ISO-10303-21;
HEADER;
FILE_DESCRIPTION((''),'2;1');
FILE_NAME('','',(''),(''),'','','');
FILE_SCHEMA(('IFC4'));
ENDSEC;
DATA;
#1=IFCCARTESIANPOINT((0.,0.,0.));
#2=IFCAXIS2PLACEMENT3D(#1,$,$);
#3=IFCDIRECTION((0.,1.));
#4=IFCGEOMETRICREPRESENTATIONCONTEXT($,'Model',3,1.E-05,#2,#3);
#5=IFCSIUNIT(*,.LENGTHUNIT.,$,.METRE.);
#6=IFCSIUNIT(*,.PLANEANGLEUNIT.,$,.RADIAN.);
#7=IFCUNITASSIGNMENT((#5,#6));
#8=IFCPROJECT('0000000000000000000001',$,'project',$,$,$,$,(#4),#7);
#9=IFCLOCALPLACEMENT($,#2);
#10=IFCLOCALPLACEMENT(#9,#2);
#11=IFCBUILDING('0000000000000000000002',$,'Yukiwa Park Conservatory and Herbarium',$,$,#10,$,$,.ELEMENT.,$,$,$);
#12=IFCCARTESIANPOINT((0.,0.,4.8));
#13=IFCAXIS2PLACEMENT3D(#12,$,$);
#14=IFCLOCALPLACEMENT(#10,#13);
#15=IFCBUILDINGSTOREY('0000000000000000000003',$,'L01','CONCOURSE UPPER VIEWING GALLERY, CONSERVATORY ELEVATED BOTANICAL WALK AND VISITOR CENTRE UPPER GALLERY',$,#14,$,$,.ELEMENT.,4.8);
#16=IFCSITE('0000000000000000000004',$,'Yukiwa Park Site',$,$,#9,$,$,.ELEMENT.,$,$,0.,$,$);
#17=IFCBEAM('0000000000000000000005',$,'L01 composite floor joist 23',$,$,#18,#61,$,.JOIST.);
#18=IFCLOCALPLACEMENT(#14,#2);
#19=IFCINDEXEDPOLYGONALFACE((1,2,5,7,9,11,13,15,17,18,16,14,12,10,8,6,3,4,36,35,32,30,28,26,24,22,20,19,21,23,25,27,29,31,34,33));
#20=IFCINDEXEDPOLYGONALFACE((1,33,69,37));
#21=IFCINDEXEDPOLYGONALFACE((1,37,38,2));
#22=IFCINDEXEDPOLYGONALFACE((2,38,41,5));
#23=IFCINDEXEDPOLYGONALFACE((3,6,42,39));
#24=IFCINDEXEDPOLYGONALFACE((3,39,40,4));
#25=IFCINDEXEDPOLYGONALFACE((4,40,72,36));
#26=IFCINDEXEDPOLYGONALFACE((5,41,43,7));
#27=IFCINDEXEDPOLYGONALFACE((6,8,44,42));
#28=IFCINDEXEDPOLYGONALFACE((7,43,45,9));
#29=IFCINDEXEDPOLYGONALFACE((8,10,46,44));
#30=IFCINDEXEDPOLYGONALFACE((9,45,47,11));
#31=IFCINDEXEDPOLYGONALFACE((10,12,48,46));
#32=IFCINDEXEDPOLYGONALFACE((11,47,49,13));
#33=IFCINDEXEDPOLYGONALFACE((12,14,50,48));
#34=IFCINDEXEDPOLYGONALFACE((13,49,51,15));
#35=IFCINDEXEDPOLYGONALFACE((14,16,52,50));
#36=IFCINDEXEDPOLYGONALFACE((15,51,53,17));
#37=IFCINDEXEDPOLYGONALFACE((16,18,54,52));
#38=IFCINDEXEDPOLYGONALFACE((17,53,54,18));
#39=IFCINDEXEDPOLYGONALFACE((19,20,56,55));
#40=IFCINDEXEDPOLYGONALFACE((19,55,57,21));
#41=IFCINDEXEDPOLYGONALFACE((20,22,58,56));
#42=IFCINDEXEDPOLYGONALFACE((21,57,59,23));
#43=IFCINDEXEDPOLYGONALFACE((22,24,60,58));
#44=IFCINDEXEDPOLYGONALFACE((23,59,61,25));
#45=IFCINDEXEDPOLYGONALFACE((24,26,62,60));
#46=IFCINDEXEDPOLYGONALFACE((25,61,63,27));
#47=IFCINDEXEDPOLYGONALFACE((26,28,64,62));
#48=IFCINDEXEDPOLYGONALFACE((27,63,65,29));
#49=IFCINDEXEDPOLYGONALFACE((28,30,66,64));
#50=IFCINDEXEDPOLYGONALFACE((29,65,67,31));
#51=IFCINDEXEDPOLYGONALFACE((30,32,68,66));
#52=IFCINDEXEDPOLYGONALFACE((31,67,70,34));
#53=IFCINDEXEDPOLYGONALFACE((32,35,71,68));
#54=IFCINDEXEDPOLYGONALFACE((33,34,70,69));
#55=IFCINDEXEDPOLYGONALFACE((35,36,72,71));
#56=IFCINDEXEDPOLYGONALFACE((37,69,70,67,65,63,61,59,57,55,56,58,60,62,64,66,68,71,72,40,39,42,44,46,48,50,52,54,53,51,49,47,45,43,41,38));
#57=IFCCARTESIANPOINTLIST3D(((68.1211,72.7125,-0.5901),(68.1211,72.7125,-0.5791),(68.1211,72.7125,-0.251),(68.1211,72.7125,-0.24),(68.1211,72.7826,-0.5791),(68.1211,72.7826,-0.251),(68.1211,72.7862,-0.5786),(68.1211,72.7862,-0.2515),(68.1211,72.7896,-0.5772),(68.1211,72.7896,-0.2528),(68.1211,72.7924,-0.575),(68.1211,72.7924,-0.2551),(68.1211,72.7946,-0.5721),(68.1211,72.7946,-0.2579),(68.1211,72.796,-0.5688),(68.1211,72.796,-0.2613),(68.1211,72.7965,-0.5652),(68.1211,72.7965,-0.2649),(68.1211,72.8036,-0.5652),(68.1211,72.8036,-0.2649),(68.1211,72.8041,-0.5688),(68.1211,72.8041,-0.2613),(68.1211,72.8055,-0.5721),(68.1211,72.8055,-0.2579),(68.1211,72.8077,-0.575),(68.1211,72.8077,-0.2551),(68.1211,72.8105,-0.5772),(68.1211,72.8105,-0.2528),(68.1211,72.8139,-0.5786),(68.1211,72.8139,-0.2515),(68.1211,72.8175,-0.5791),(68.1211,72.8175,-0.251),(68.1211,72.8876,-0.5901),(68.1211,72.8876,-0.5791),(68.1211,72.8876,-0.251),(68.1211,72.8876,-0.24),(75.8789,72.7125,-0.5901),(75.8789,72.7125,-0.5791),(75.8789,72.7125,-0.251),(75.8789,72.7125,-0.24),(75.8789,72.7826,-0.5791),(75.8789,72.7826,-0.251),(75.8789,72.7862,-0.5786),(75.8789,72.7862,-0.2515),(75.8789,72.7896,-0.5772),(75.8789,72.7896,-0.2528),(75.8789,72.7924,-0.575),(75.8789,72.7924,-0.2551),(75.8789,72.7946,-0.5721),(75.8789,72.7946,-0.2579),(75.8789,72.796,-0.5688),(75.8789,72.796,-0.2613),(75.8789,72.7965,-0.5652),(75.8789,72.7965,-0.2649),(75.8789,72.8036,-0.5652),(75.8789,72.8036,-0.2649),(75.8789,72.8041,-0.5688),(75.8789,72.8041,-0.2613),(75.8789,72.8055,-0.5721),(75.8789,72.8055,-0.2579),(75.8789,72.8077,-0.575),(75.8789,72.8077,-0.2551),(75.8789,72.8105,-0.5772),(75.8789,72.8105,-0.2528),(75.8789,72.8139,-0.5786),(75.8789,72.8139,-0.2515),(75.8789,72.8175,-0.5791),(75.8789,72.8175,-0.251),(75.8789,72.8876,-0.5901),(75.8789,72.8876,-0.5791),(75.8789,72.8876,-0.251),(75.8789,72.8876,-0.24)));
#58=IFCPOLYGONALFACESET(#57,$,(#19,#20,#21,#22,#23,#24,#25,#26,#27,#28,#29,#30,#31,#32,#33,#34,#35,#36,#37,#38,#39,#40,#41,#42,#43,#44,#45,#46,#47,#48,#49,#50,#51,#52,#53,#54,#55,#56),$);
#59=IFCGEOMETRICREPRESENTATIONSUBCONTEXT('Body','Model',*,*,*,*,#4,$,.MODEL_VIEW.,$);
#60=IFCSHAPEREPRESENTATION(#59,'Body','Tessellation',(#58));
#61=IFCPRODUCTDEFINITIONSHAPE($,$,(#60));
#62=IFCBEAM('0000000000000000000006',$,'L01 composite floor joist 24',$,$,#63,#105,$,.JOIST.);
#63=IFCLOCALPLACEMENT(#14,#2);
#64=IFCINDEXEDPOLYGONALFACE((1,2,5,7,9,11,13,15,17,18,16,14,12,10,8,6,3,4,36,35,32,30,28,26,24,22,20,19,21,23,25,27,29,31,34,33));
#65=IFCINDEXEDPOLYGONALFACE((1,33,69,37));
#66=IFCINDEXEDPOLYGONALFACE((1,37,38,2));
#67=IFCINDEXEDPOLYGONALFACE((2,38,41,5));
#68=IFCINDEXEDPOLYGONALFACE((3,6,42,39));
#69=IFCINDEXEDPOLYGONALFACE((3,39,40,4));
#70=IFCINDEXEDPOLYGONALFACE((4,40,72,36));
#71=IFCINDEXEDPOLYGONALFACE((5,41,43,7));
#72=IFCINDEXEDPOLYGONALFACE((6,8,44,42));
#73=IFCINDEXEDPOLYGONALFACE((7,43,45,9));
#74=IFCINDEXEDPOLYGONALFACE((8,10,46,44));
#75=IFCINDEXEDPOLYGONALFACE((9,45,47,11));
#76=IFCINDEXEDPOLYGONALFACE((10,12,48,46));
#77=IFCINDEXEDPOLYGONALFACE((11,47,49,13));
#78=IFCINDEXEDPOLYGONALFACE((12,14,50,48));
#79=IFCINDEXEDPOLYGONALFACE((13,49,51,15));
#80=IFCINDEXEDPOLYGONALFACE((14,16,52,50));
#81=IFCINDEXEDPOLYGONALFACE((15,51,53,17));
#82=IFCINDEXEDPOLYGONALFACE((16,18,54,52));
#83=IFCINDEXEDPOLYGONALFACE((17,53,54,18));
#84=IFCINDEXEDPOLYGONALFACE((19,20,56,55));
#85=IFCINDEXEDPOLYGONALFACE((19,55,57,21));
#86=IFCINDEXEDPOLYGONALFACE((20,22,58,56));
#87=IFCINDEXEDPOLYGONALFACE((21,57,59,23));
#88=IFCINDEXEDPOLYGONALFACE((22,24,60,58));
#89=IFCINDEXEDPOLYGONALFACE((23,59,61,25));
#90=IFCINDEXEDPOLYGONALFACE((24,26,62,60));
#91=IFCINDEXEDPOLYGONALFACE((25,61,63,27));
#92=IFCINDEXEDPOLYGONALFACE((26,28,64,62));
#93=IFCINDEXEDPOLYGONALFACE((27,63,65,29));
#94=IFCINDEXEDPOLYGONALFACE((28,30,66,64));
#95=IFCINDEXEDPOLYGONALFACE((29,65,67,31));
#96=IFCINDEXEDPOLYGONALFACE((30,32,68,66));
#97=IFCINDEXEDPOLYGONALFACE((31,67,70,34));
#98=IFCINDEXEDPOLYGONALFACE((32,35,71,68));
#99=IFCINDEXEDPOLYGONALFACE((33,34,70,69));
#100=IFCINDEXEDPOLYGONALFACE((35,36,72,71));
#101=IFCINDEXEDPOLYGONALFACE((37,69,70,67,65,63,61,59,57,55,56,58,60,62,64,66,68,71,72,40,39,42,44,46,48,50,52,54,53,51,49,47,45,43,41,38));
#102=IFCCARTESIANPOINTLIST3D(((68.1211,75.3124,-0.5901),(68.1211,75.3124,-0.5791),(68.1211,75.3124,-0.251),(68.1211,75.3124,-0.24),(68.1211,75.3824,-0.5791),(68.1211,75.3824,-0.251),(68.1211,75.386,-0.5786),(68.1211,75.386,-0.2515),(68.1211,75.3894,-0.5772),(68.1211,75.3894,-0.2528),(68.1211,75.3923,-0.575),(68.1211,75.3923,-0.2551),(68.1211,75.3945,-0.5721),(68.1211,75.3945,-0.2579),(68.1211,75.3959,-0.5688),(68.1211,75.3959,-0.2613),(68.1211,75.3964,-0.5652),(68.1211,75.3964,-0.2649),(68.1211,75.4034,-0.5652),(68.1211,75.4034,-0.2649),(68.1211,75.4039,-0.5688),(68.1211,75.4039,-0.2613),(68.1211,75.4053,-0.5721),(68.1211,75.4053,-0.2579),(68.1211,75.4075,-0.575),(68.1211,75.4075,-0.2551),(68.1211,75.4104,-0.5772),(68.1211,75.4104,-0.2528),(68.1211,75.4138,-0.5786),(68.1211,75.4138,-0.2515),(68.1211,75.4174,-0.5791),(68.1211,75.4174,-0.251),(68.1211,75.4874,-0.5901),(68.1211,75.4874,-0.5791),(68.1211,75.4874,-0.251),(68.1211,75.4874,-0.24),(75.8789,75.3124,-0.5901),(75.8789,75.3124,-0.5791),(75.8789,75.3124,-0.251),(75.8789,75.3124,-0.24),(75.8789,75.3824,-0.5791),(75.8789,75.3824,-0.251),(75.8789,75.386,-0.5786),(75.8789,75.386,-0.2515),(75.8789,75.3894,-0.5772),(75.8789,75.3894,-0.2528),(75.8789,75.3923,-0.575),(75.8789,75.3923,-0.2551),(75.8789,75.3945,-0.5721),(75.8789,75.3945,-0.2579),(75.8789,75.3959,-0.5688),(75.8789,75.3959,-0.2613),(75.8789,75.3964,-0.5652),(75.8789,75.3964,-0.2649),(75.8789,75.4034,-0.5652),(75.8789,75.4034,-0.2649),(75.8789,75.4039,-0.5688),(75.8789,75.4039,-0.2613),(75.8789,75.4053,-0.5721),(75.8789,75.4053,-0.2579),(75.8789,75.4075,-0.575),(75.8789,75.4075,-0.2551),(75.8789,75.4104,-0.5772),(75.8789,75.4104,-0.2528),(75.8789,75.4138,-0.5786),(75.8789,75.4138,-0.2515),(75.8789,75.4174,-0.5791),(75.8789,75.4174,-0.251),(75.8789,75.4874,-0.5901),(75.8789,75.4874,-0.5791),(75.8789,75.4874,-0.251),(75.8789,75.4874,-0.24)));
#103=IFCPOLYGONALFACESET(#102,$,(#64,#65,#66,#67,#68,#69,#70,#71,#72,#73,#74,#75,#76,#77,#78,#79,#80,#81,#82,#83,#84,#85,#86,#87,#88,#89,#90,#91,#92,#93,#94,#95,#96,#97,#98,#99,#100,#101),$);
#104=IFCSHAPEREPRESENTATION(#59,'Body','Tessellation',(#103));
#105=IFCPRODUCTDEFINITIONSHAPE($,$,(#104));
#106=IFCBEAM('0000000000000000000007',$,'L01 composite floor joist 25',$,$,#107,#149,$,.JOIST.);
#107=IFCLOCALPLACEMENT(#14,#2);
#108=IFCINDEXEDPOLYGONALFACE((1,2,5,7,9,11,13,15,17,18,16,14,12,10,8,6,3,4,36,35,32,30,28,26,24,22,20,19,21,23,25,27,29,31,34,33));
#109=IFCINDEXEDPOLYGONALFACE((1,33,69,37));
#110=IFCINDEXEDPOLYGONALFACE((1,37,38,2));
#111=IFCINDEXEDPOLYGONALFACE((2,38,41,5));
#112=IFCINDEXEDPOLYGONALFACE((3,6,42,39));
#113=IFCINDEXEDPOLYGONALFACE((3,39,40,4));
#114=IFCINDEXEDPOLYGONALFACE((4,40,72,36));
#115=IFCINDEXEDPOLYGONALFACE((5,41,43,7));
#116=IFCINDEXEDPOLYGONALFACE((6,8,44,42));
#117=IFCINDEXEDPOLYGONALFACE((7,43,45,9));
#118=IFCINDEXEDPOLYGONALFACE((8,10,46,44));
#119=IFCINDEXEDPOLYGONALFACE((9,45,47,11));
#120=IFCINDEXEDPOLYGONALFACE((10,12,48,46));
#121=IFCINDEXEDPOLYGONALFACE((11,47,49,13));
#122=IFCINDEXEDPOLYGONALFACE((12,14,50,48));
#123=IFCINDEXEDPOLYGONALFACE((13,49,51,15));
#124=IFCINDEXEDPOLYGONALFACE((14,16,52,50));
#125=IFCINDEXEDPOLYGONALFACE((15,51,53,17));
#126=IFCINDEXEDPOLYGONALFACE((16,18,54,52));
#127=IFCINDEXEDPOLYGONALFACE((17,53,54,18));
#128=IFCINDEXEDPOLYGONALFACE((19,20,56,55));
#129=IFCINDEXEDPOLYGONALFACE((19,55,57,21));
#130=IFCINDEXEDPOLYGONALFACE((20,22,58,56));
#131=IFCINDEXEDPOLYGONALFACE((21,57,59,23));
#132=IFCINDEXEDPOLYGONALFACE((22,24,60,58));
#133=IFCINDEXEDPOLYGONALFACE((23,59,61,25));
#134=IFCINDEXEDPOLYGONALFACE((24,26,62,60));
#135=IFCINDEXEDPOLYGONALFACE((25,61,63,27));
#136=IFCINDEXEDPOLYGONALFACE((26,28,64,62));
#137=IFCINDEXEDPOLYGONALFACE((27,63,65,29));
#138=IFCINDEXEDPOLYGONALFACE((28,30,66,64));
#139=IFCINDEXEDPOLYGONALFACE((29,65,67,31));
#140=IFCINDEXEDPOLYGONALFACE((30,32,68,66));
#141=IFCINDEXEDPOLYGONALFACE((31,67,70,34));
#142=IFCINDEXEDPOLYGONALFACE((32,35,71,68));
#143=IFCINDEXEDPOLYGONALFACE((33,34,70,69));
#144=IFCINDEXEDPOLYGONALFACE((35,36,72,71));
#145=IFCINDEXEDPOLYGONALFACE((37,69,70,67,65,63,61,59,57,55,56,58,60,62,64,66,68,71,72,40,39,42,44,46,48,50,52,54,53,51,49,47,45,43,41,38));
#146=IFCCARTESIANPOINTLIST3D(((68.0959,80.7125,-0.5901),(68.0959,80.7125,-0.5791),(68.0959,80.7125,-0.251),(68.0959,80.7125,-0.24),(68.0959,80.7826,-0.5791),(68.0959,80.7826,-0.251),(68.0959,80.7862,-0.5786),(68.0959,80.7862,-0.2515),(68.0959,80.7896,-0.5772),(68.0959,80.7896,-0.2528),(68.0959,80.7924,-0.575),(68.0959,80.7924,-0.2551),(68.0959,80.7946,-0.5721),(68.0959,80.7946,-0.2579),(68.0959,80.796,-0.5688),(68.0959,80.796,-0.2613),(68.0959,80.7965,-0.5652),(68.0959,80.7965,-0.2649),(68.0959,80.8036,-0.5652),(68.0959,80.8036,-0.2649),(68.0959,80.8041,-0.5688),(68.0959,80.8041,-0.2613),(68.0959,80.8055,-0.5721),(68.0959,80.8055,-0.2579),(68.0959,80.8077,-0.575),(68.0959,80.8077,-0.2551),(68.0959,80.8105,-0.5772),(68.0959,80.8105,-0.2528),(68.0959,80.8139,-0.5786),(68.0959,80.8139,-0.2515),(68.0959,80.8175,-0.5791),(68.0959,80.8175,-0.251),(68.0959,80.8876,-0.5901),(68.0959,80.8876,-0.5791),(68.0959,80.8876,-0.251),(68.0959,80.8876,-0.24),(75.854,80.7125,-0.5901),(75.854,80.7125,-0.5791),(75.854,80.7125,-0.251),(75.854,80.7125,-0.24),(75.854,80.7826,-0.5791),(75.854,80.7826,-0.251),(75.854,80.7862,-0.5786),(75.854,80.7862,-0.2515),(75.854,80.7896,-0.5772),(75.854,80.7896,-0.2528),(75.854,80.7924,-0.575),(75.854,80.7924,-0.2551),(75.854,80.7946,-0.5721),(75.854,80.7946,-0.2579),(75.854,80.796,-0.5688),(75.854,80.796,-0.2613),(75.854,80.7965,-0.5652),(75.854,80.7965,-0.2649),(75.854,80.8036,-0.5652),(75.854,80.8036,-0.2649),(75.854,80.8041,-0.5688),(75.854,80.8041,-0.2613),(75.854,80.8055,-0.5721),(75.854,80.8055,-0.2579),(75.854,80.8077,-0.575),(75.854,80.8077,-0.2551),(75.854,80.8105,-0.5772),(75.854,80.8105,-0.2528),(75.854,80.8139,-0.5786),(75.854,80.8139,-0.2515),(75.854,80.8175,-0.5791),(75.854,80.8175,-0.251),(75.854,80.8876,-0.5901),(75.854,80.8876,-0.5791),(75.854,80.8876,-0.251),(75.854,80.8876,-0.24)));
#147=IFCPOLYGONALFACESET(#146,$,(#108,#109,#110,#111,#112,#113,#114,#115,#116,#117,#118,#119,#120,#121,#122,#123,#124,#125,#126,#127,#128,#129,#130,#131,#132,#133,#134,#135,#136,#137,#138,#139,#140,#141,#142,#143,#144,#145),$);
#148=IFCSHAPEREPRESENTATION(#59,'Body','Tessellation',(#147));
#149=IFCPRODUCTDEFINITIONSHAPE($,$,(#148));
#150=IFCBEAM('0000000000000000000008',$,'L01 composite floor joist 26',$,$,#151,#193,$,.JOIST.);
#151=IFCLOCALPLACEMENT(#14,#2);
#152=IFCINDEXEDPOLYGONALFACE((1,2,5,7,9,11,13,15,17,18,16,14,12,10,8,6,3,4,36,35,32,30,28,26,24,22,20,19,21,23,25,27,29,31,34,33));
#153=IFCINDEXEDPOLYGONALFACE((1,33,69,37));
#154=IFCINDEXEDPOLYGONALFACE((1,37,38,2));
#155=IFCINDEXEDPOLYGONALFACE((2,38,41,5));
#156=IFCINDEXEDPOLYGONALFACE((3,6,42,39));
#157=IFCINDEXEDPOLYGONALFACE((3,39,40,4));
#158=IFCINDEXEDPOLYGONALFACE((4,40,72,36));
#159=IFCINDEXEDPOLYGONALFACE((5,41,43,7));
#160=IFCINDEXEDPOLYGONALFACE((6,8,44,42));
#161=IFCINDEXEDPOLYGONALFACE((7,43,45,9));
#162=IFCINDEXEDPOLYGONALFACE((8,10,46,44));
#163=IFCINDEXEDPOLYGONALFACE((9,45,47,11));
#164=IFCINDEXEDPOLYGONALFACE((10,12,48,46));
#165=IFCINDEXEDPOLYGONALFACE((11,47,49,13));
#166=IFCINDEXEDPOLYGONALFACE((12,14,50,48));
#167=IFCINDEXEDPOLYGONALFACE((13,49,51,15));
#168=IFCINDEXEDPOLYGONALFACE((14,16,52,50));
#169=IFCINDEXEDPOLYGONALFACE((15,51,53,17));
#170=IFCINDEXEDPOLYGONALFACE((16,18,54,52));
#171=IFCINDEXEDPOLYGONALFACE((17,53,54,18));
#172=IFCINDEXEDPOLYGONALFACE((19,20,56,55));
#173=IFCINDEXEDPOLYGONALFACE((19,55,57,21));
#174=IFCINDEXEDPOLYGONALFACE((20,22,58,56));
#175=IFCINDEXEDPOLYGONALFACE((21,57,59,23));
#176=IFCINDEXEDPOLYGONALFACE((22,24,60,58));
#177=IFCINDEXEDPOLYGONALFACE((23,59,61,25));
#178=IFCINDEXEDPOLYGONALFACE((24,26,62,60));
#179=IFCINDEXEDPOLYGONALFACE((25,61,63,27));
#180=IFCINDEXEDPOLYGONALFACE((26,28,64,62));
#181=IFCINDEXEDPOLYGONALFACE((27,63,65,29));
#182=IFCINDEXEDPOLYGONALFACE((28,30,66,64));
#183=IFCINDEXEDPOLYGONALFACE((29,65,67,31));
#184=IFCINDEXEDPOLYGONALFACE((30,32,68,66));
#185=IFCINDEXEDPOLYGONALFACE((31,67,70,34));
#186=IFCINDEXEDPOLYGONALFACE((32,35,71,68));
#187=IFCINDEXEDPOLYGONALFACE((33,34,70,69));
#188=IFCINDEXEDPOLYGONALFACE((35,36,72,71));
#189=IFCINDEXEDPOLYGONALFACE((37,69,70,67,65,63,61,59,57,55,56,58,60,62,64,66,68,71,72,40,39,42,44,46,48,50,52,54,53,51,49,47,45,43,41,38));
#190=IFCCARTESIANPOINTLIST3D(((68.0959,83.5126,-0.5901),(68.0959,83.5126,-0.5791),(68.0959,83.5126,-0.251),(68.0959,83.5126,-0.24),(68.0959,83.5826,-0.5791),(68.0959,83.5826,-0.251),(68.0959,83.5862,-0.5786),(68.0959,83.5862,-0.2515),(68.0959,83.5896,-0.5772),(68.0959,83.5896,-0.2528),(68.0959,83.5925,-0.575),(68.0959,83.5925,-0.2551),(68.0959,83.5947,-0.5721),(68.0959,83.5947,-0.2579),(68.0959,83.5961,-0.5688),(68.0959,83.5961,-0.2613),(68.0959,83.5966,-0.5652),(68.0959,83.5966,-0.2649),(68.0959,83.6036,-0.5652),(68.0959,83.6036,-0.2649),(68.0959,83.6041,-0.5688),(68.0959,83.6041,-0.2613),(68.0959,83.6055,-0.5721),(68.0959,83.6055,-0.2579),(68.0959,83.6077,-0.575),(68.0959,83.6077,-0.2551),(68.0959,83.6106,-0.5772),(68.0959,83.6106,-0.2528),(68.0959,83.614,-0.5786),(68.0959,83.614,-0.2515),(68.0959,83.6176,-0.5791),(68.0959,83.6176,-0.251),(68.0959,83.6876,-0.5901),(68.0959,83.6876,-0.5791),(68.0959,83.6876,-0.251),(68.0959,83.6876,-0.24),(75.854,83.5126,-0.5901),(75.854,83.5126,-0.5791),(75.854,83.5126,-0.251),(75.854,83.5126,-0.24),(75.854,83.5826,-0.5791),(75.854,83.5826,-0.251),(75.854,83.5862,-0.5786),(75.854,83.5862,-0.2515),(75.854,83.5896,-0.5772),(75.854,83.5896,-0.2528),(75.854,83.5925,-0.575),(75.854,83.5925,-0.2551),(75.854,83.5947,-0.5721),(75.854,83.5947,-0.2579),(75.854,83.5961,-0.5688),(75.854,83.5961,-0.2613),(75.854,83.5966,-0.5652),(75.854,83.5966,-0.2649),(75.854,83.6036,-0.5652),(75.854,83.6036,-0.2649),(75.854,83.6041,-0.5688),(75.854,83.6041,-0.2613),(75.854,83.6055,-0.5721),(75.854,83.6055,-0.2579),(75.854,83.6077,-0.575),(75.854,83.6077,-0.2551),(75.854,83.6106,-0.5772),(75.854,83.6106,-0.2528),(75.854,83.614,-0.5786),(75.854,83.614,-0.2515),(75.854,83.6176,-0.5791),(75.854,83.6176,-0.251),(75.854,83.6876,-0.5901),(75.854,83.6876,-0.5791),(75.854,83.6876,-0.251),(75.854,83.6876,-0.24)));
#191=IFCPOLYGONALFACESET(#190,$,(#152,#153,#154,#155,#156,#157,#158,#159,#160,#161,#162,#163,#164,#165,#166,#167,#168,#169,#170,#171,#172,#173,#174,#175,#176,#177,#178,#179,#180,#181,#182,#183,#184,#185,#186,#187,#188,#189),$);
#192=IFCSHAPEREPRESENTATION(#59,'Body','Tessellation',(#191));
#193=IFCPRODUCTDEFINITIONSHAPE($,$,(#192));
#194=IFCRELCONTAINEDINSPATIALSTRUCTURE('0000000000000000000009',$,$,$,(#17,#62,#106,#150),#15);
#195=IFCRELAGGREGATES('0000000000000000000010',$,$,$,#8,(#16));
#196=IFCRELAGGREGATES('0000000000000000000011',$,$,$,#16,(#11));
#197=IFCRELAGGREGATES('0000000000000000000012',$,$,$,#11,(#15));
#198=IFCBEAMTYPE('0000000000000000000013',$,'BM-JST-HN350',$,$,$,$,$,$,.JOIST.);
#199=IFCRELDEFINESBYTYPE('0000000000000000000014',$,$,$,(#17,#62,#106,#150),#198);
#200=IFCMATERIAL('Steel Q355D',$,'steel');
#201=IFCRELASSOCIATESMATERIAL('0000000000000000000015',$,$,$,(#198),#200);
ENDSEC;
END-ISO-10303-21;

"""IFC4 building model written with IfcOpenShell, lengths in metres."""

from ifc_helpers import new_model, si_unit, direction, frame, origin, origin_2d, place, context, subcontext, project, spatial, i_section, extrude, material, material_profile, profile_set, type_object, element, save


model = new_model("IFC4")

# Units and contexts
model_context = context("Model", 3, precision=1e-05, world=origin(), true_north=direction((0.0, 1.0)))
body_context = subcontext(model_context, "Body", "Model", "MODEL_VIEW")
ifc_project = project(units=[si_unit("LENGTHUNIT", "METRE"), si_unit("PLANEANGLEUNIT", "RADIAN")], contexts=[model_context])

# Site, building, storey
site_placement = place(None, origin())
site = spatial("IfcSite", under=ifc_project, at=site_placement, Name="Yukiwa Park Site", CompositionType="ELEMENT", RefElevation=0.0)
building_placement = place(site_placement, origin())
building = spatial("IfcBuilding", under=site, at=building_placement, Name="Yukiwa Park Conservatory and Herbarium", CompositionType="ELEMENT")
storey_placement = place(building_placement, frame((0.0, 0.0, 4.8)))
storey = spatial("IfcBuildingStorey", under=building, at=storey_placement, Name="L01", Description="CONCOURSE UPPER VIEWING GALLERY, CONSERVATORY ELEVATED BOTANICAL WALK AND VISITOR CENTRE UPPER GALLERY", CompositionType="ELEMENT", Elevation=4.8)

# Beams
ifc_material_1 = material(Name="Steel Q355D", Category="steel")
ifc_material_profile_1 = material_profile(ifc_material_1, i_section(OverallWidth=0.175, OverallDepth=0.3501, WebThickness=0.0071, FlangeThickness=0.011, FilletRadius=0.0139, at=origin_2d()), Name="HN 350x175x7x11")
ifc_profile_set_1 = profile_set([ifc_material_profile_1], Name="Steel Q355D")
beam_type_1 = type_object("IfcBeamType", Name="BM-JST-HN350", PredefinedType="JOIST", material=ifc_profile_set_1)
for number, where, z_axis, x_axis, name in (
    (1, (68.1211, 72.8, -0.415), (1.0, 0.0, 0.0), (0.0, 1.0, 0.0), "L01 composite floor joist 23"),
    (2, (68.1211, 75.3999, -0.415), (1.0, 0.0, 0.0), (0.0, 1.0, 0.0), "L01 composite floor joist 24"),
):
    element("IfcBeam", number, at=place(storey_placement, frame(where, z_axis=z_axis, x_axis=x_axis)), inside=storey, type_object=beam_type_1, Name=name, PredefinedType="JOIST", context=body_context, shape_type="SweptSolid", body=[
        extrude(i_section(OverallWidth=0.175, OverallDepth=0.3501, WebThickness=0.0071, FlangeThickness=0.011, FilletRadius=0.0139, at=origin_2d()), origin(), (0.0, 0.0, 1.0), 7.7578),
    ])
for number, where, z_axis, x_axis, name in (
    (3, (68.0959, 80.8, -0.415), (1.0, 0.0, 0.0), (0.0, 1.0, 0.0), "L01 composite floor joist 25"),
    (4, (68.0959, 83.6001, -0.415), (1.0, 0.0, 0.0), (0.0, 1.0, 0.0), "L01 composite floor joist 26"),
):
    element("IfcBeam", number, at=place(storey_placement, frame(where, z_axis=z_axis, x_axis=x_axis)), inside=storey, type_object=beam_type_1, Name=name, PredefinedType="JOIST", context=body_context, shape_type="SweptSolid", body=[
        extrude(i_section(OverallWidth=0.175, OverallDepth=0.3501, WebThickness=0.0071, FlangeThickness=0.011, FilletRadius=0.0139, at=origin_2d()), origin(), (0.0, 0.0, 1.0), 7.7581),
    ])

save(model, "model.ifc")
